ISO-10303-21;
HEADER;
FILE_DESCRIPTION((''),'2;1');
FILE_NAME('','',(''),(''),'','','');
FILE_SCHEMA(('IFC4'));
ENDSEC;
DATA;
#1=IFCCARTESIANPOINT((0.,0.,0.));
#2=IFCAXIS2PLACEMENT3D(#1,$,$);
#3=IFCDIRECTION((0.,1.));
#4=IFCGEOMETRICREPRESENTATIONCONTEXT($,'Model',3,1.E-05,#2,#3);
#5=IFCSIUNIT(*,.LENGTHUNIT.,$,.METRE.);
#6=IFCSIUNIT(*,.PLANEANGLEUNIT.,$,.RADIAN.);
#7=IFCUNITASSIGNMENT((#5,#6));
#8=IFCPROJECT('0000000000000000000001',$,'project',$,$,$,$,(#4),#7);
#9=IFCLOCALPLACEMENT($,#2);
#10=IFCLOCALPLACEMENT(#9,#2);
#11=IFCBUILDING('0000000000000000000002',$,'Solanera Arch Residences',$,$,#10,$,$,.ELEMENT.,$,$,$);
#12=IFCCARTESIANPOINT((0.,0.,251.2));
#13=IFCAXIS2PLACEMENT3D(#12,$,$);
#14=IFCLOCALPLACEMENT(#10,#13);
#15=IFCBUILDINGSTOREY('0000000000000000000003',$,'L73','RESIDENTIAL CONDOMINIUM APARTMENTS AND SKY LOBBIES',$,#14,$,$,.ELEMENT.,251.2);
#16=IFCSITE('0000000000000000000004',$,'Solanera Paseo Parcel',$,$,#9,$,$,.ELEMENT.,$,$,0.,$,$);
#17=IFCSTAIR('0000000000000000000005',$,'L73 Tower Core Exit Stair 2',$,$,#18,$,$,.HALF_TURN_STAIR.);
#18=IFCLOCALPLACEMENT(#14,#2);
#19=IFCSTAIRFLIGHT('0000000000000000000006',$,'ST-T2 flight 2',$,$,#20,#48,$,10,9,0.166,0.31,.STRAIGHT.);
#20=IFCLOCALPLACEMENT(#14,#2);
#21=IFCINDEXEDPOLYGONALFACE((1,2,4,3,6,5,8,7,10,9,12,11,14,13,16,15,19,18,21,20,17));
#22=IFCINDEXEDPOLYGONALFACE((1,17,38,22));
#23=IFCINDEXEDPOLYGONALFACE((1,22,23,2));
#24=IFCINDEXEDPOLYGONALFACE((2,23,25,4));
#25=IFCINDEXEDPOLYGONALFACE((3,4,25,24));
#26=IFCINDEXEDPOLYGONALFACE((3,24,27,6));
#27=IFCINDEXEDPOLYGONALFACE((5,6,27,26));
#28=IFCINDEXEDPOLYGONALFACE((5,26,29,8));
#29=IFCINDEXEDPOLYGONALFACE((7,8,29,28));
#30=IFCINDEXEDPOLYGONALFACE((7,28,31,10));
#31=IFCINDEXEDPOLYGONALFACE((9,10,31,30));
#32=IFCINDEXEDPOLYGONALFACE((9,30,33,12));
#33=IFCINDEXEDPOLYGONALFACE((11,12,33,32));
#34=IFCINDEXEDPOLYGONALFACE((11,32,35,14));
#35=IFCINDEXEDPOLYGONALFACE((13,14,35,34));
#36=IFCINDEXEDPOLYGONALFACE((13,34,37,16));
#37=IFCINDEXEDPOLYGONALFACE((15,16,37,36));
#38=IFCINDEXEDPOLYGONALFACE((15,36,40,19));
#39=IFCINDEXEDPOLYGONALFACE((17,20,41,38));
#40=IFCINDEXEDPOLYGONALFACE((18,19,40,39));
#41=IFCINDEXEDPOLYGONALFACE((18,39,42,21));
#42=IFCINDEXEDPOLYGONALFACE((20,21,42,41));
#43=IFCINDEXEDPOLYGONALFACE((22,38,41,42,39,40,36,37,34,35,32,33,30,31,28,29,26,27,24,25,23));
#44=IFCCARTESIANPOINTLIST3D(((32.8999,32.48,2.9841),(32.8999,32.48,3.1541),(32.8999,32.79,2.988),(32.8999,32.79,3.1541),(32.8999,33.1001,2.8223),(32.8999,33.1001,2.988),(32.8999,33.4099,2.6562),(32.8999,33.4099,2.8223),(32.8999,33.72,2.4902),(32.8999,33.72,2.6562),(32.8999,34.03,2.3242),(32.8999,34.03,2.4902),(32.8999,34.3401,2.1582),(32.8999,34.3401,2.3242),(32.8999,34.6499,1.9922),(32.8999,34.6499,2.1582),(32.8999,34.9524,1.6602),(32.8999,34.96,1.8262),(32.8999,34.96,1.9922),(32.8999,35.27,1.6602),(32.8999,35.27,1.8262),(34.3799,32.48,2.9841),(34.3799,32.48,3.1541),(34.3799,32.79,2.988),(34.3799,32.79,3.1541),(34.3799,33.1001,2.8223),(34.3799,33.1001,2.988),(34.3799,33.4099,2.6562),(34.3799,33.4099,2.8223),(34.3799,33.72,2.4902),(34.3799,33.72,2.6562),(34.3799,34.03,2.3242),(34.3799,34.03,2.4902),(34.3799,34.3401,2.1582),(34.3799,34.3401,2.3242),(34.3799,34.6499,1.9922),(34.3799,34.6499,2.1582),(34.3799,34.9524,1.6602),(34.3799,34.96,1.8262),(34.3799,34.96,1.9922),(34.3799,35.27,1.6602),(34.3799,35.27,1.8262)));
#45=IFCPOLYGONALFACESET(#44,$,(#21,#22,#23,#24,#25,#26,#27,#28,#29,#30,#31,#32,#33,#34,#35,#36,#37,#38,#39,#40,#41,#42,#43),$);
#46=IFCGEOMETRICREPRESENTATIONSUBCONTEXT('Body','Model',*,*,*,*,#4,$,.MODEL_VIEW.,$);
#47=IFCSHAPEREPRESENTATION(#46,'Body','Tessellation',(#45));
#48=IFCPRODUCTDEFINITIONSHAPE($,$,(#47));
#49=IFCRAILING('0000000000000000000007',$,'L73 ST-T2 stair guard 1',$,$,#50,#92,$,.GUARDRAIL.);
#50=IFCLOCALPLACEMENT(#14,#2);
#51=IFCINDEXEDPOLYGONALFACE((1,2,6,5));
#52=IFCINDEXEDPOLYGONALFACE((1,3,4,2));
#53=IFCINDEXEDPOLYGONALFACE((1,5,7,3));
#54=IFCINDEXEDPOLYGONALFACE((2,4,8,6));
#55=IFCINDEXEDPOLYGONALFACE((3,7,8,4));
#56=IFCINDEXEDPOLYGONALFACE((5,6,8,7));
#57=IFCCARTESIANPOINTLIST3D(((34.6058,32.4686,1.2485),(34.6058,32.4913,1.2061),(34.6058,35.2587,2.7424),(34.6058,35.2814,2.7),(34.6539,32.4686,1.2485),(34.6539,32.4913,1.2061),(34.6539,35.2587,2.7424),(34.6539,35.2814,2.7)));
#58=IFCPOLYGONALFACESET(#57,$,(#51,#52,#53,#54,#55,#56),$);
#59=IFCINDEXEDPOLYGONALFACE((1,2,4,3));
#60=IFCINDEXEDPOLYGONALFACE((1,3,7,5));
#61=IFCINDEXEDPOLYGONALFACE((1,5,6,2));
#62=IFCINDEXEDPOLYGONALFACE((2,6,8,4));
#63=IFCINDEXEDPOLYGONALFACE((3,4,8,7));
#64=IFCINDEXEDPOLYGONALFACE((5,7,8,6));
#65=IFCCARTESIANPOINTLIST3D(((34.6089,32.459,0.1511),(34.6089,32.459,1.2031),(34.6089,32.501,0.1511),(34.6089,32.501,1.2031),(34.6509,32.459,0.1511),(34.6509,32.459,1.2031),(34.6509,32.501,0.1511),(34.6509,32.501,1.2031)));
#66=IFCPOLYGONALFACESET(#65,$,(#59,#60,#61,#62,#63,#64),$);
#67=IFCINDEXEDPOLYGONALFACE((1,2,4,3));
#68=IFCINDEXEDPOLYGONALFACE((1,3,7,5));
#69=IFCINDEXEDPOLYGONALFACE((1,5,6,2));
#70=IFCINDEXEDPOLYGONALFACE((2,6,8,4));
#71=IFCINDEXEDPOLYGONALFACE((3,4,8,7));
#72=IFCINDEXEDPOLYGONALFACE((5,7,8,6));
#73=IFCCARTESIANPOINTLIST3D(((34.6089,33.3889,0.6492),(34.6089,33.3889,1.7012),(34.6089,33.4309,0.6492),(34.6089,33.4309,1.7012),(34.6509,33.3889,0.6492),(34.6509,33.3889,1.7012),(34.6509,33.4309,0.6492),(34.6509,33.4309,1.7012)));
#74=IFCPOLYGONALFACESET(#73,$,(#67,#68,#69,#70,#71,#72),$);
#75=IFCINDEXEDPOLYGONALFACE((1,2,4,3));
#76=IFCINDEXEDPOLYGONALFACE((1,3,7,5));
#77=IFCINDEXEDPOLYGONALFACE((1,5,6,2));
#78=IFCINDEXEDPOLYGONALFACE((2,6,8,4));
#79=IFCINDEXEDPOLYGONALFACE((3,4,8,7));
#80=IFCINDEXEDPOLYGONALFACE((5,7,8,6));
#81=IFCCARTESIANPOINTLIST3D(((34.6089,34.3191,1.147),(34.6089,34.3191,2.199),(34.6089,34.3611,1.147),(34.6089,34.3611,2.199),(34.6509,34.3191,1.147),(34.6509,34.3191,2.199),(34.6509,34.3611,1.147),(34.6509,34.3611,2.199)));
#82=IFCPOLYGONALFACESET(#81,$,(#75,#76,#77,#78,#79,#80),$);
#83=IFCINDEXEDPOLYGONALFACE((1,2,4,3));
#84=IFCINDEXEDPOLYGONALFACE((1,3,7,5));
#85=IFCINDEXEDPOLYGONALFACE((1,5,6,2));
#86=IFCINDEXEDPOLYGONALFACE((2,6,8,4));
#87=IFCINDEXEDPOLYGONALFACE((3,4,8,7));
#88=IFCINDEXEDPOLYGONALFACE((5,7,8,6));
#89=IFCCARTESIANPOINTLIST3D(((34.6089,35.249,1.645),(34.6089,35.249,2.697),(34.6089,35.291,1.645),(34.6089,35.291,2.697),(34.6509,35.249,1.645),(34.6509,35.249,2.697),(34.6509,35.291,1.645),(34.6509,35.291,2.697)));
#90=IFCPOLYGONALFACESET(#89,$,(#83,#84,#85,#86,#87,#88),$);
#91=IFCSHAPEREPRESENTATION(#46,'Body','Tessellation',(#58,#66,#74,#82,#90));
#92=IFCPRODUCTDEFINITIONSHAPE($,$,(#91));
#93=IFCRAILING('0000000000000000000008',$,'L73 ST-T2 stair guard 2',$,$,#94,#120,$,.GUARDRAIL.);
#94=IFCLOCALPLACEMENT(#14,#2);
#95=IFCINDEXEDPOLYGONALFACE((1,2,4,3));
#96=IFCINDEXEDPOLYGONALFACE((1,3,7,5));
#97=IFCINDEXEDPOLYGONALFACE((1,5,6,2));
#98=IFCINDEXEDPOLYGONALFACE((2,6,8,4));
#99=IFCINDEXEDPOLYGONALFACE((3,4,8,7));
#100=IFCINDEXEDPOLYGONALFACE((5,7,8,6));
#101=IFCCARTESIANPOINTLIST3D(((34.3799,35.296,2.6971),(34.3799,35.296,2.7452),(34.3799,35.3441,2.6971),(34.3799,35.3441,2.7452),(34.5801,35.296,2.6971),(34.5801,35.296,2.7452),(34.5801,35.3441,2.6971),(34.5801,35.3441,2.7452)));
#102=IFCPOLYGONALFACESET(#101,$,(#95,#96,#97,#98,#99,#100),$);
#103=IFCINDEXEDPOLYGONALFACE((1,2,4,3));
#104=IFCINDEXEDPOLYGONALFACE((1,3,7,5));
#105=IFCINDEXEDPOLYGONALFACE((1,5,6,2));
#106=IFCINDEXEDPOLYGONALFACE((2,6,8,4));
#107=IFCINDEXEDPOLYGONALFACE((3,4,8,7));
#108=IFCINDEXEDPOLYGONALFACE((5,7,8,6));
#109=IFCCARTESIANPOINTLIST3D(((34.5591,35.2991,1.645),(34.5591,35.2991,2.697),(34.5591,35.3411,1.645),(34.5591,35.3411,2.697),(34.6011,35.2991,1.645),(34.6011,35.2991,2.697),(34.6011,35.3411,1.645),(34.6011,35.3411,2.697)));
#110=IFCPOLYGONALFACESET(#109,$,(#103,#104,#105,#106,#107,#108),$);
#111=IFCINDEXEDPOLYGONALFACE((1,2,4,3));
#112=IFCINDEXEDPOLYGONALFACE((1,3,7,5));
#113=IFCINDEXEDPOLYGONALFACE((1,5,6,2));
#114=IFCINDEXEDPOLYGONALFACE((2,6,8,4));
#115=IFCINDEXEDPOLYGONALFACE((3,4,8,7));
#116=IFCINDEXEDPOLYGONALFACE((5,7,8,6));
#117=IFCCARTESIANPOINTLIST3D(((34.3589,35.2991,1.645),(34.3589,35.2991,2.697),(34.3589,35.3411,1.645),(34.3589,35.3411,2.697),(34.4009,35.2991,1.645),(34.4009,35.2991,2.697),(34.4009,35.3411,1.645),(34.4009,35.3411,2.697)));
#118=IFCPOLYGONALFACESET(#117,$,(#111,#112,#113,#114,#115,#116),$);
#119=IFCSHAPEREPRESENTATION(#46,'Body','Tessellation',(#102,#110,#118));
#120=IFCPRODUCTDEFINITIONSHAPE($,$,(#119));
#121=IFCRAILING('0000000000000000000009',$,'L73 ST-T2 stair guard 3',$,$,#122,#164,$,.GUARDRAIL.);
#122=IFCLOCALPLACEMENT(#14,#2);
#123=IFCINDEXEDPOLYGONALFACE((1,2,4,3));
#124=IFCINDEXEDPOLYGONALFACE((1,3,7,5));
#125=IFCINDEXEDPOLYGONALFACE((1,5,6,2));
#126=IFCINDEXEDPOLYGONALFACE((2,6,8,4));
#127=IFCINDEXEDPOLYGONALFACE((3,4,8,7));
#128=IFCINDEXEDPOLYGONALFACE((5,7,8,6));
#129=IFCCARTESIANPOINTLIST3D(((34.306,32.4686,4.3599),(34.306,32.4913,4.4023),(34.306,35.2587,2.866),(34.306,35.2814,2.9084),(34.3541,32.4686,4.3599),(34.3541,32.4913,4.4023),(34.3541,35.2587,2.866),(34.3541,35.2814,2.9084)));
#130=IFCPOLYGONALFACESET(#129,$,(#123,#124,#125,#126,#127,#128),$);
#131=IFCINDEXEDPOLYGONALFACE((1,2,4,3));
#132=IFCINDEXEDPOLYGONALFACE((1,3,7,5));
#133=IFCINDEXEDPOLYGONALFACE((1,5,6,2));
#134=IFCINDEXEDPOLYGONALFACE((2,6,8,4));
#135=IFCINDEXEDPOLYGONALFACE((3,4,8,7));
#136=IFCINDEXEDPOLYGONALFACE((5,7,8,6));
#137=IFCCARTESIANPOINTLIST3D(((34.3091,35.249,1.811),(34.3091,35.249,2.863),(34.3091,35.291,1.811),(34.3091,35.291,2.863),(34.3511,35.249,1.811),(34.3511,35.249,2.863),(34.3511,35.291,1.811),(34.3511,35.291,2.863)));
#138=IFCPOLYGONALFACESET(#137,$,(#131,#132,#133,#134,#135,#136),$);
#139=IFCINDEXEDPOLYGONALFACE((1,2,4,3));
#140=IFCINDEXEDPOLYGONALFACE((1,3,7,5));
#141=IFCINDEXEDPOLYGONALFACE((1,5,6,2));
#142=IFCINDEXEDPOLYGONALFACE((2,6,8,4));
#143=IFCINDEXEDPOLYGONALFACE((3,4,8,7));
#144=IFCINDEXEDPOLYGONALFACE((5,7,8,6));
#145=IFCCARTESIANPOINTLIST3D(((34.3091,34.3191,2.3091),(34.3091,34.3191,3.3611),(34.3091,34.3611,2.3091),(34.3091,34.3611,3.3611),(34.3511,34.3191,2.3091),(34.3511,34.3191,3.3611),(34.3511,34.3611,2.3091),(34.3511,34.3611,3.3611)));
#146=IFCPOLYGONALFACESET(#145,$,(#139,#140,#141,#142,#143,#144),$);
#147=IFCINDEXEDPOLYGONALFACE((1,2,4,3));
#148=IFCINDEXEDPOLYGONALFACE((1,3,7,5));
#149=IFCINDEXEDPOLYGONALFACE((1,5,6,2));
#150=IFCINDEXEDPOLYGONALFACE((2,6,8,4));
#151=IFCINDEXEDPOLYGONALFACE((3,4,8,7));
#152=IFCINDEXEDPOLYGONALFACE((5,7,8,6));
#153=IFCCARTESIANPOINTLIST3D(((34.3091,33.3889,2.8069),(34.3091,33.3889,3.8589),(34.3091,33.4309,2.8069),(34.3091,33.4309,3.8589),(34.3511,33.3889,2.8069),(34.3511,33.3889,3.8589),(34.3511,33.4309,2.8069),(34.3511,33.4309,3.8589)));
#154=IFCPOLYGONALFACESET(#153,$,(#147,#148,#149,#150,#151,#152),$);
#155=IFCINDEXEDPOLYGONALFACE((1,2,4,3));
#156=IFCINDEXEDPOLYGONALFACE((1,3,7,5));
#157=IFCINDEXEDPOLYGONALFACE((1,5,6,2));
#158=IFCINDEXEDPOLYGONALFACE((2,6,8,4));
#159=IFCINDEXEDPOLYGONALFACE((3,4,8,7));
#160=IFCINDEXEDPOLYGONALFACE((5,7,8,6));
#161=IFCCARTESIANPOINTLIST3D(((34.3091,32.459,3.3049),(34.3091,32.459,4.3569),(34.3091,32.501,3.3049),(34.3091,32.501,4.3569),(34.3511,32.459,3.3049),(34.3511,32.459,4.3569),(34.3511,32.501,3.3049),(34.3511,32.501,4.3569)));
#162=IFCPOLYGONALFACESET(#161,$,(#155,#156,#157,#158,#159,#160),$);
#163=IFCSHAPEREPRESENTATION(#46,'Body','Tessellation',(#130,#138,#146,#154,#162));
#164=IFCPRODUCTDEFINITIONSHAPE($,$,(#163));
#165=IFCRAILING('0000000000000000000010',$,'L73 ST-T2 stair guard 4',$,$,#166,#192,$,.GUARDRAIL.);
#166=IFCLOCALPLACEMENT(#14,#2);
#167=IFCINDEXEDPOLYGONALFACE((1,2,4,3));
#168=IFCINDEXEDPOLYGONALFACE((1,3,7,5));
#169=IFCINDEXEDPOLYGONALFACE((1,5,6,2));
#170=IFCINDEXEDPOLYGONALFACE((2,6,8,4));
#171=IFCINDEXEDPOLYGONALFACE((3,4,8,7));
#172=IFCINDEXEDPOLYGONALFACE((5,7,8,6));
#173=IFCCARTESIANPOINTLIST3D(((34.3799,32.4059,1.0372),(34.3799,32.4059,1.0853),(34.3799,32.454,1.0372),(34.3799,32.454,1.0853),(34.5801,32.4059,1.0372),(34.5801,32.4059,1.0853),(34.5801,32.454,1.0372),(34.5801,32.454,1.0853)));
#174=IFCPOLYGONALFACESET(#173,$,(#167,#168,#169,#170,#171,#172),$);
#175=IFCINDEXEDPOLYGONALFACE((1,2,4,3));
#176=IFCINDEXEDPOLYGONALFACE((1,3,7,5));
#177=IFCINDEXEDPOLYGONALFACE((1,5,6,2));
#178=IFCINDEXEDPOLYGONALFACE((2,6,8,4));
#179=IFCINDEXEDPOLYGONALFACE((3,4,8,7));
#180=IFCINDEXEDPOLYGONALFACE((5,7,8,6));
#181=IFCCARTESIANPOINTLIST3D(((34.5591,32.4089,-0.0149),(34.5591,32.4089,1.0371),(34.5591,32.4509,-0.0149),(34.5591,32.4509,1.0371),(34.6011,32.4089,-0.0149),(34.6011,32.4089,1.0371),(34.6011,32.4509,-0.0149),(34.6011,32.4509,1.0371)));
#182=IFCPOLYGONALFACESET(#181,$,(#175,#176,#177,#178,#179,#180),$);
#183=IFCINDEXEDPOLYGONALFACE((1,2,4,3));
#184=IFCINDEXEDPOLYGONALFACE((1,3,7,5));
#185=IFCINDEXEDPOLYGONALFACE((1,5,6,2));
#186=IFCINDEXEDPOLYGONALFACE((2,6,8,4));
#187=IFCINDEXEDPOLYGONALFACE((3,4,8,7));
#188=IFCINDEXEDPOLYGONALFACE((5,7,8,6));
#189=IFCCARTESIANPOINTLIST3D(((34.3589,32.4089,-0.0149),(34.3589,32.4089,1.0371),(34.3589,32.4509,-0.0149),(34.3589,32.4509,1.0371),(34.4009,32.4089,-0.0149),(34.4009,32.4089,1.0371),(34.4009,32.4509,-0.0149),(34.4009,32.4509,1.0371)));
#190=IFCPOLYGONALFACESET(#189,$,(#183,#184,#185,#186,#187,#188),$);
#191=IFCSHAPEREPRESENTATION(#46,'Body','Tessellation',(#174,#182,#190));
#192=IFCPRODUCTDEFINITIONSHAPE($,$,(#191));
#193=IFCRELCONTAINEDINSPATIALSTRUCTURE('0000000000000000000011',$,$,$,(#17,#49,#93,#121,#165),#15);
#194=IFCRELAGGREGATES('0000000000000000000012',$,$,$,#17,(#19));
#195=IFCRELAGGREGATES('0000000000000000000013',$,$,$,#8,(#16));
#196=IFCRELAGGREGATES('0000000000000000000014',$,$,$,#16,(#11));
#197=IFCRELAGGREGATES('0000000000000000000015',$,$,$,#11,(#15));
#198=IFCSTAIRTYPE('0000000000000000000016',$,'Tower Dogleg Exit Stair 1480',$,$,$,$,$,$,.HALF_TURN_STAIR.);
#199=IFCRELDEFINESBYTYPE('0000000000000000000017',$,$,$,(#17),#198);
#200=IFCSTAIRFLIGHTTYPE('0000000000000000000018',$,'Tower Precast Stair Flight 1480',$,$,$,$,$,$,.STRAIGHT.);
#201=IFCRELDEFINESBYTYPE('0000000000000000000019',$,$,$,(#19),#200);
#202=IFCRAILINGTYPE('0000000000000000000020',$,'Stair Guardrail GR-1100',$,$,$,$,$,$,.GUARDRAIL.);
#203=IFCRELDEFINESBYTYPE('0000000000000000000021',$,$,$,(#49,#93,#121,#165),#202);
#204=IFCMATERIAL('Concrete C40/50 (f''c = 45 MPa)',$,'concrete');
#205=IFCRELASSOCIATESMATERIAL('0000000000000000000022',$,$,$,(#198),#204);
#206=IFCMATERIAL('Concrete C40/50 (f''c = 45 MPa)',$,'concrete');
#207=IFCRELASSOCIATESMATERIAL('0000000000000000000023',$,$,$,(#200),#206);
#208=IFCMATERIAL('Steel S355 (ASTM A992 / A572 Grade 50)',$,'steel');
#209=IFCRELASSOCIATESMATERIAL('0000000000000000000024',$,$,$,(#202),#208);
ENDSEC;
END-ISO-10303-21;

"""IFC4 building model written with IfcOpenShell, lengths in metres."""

from ifc_helpers import new_model, si_unit, direction, frame, origin, origin_2d, place, context, subcontext, project, spatial, polyline, rectangle, outline, extrude, material, type_object, element, aggregate, save


model = new_model("IFC4")

# Units and contexts
model_context = context("Model", 3, precision=1e-05, world=origin(), true_north=direction((0.0, 1.0)))
body_context = subcontext(model_context, "Body", "Model", "MODEL_VIEW")
ifc_project = project(units=[si_unit("LENGTHUNIT", "METRE"), si_unit("PLANEANGLEUNIT", "RADIAN")], contexts=[model_context])

# Site, building, storey
site_placement = place(None, origin())
site = spatial("IfcSite", under=ifc_project, at=site_placement, Name="Solanera Paseo Parcel", CompositionType="ELEMENT", RefElevation=0.0)
building_placement = place(site_placement, origin())
building = spatial("IfcBuilding", under=site, at=building_placement, Name="Solanera Arch Residences", CompositionType="ELEMENT")
storey_placement = place(building_placement, frame((0.0, 0.0, 251.2)))
storey = spatial("IfcBuildingStorey", under=building, at=storey_placement, Name="L73", Description="RESIDENTIAL CONDOMINIUM APARTMENTS AND SKY LOBBIES", CompositionType="ELEMENT", Elevation=251.2)

# Stair, stair flight
ifc_material_1 = material(Name="Concrete C40/50 (f'c = 45 MPa)", Category="concrete")
stair_type = type_object("IfcStairType", Name="Tower Dogleg Exit Stair 1480", PredefinedType="HALF_TURN_STAIR", material=ifc_material_1)
stair_placement = place(storey_placement, origin())
stair = element("IfcStair", 1, at=stair_placement, inside=storey, type_object=stair_type, Name="L73 Tower Core Exit Stair 2", PredefinedType="HALF_TURN_STAIR")
ifc_material_2 = material(Name="Concrete C40/50 (f'c = 45 MPa)", Category="concrete")
stair_flight_type = type_object("IfcStairFlightType", Name="Tower Precast Stair Flight 1480", PredefinedType="STRAIGHT", material=ifc_material_2)
stair_flight_1_placement = place(storey_placement, frame((33.6399, 35.27, 1.6602), z_axis=(0.0, 0.0, 1.0), x_axis=(0.0, -1.0, 0.0)))
stair_flight_1 = element("IfcStairFlight", 2, at=stair_flight_1_placement, type_object=stair_flight_type, Name="ST-T2 flight 2", NumberOfRisers=10, NumberOfTreads=9, PredefinedType="STRAIGHT", RiserHeight=0.166, TreadLength=0.31, context=body_context, shape_type="SweptSolid", body=[
    extrude(outline(polyline([(0.0, 0.0), (0.0, 0.166), (0.3101, 0.166), (0.3101, 0.332), (0.6201, 0.332), (0.6201, 0.498), (0.9299, 0.498), (0.9299, 0.6641), (1.24, 0.6641), (1.24, 0.8301), (1.55, 0.8301), (1.55, 0.9961), (1.8601, 0.9961), (1.8601, 1.1621), (2.1699, 1.1621), (2.1699, 1.3279), (2.48, 1.3279), (2.48, 1.4939), (2.79, 1.4939), (2.79, 1.6599), (2.79, 1.324), (0.3176, 0.0), (0.0, 0.0)])), frame((0.0, 0.74, 0.0), z_axis=(0.0, -1.0, 0.0), x_axis=(1.0, 0.0, 0.0)), (0.0, 0.0, 1.0), 1.48),
])
aggregate(stair, [stair_flight_1])

# Railings
ifc_material_3 = material(Name="Steel S355 (ASTM A992 / A572 Grade 50)", Category="steel")
railing_type_1 = type_object("IfcRailingType", Name="Stair Guardrail GR-1100", PredefinedType="GUARDRAIL", material=ifc_material_3)
railing_1_placement = place(storey_placement, frame((34.6299, 32.48, 0.1511)))
element("IfcRailing", 3, at=railing_1_placement, inside=storey, type_object=railing_type_1, Name="L73 ST-T2 stair guard 1", PredefinedType="GUARDRAIL", context=body_context, shape_type="SweptSolid", body=[
    extrude(rectangle(XDim=0.0481, YDim=0.0481, at=origin_2d()), frame((0.0, 0.0, 1.0762), z_axis=(0.0, 0.881581, 0.472033), x_axis=(-1.0, 0.0, 0.0)), (0.0, 0.0, 1.0), 3.1648),
    extrude(rectangle(XDim=0.042, YDim=0.042, at=origin_2d()), origin(), (0.0, 0.0, 1.0), 1.052),
    extrude(rectangle(XDim=0.042, YDim=0.042, at=origin_2d()), frame((0.0, 0.9299, 0.498)), (0.0, 0.0, 1.0), 1.052),
    extrude(rectangle(XDim=0.042, YDim=0.042, at=origin_2d()), frame((0.0, 1.8601, 0.9958)), (0.0, 0.0, 1.0), 1.052),
    extrude(rectangle(XDim=0.042, YDim=0.042, at=origin_2d()), frame((0.0, 2.79, 1.4939)), (0.0, 0.0, 1.0), 1.052),
])
railing_2_placement = place(storey_placement, frame((34.5801, 35.3201, 1.645)))
element("IfcRailing", 4, at=railing_2_placement, inside=storey, type_object=railing_type_1, Name="L73 ST-T2 stair guard 2", PredefinedType="GUARDRAIL", context=body_context, shape_type="SweptSolid", body=[
    extrude(rectangle(XDim=0.0481, YDim=0.0481, at=origin_2d()), frame((0.0, 0.0, 1.0762), z_axis=(-1.0, 0.0, 0.0), x_axis=(0.0, -1.0, 0.0)), (0.0, 0.0, 1.0), 0.2002),
    extrude(rectangle(XDim=0.042, YDim=0.042, at=origin_2d()), origin(), (0.0, 0.0, 1.0), 1.052),
    extrude(rectangle(XDim=0.042, YDim=0.042, at=origin_2d()), frame((-0.2002, 0.0, 0.0)), (0.0, 0.0, 1.0), 1.052),
])
railing_3_placement = place(storey_placement, frame((34.3301, 35.27, 1.811)))
element("IfcRailing", 5, at=railing_3_placement, inside=storey, type_object=railing_type_1, Name="L73 ST-T2 stair guard 3", PredefinedType="GUARDRAIL", context=body_context, shape_type="SweptSolid", body=[
    extrude(rectangle(XDim=0.0481, YDim=0.0481, at=origin_2d()), frame((0.0, 0.0, 1.0762), z_axis=(0.0, -0.881581, 0.472033), x_axis=(1.0, 0.0, 0.0)), (0.0, 0.0, 1.0), 3.1648),
    extrude(rectangle(XDim=0.042, YDim=0.042, at=origin_2d()), origin(), (0.0, 0.0, 1.0), 1.052),
    extrude(rectangle(XDim=0.042, YDim=0.042, at=origin_2d()), frame((0.0, -0.9299, 0.498)), (0.0, 0.0, 1.0), 1.052),
    extrude(rectangle(XDim=0.042, YDim=0.042, at=origin_2d()), frame((0.0, -1.8601, 0.9958)), (0.0, 0.0, 1.0), 1.052),
    extrude(rectangle(XDim=0.042, YDim=0.042, at=origin_2d()), frame((0.0, -2.79, 1.4939)), (0.0, 0.0, 1.0), 1.052),
])
railing_4_placement = place(storey_placement, frame((34.5801, 32.4299, -0.0149)))
element("IfcRailing", 6, at=railing_4_placement, inside=storey, type_object=railing_type_1, Name="L73 ST-T2 stair guard 4", PredefinedType="GUARDRAIL", context=body_context, shape_type="SweptSolid", body=[
    extrude(rectangle(XDim=0.0481, YDim=0.0481, at=origin_2d()), frame((0.0, 0.0, 1.0762), z_axis=(-1.0, 0.0, 0.0), x_axis=(0.0, -1.0, 0.0)), (0.0, 0.0, 1.0), 0.2002),
    extrude(rectangle(XDim=0.042, YDim=0.042, at=origin_2d()), origin(), (0.0, 0.0, 1.0), 1.052),
    extrude(rectangle(XDim=0.042, YDim=0.042, at=origin_2d()), frame((-0.2002, 0.0, 0.0)), (0.0, 0.0, 1.0), 1.052),
])

save(model, "model.ifc")
